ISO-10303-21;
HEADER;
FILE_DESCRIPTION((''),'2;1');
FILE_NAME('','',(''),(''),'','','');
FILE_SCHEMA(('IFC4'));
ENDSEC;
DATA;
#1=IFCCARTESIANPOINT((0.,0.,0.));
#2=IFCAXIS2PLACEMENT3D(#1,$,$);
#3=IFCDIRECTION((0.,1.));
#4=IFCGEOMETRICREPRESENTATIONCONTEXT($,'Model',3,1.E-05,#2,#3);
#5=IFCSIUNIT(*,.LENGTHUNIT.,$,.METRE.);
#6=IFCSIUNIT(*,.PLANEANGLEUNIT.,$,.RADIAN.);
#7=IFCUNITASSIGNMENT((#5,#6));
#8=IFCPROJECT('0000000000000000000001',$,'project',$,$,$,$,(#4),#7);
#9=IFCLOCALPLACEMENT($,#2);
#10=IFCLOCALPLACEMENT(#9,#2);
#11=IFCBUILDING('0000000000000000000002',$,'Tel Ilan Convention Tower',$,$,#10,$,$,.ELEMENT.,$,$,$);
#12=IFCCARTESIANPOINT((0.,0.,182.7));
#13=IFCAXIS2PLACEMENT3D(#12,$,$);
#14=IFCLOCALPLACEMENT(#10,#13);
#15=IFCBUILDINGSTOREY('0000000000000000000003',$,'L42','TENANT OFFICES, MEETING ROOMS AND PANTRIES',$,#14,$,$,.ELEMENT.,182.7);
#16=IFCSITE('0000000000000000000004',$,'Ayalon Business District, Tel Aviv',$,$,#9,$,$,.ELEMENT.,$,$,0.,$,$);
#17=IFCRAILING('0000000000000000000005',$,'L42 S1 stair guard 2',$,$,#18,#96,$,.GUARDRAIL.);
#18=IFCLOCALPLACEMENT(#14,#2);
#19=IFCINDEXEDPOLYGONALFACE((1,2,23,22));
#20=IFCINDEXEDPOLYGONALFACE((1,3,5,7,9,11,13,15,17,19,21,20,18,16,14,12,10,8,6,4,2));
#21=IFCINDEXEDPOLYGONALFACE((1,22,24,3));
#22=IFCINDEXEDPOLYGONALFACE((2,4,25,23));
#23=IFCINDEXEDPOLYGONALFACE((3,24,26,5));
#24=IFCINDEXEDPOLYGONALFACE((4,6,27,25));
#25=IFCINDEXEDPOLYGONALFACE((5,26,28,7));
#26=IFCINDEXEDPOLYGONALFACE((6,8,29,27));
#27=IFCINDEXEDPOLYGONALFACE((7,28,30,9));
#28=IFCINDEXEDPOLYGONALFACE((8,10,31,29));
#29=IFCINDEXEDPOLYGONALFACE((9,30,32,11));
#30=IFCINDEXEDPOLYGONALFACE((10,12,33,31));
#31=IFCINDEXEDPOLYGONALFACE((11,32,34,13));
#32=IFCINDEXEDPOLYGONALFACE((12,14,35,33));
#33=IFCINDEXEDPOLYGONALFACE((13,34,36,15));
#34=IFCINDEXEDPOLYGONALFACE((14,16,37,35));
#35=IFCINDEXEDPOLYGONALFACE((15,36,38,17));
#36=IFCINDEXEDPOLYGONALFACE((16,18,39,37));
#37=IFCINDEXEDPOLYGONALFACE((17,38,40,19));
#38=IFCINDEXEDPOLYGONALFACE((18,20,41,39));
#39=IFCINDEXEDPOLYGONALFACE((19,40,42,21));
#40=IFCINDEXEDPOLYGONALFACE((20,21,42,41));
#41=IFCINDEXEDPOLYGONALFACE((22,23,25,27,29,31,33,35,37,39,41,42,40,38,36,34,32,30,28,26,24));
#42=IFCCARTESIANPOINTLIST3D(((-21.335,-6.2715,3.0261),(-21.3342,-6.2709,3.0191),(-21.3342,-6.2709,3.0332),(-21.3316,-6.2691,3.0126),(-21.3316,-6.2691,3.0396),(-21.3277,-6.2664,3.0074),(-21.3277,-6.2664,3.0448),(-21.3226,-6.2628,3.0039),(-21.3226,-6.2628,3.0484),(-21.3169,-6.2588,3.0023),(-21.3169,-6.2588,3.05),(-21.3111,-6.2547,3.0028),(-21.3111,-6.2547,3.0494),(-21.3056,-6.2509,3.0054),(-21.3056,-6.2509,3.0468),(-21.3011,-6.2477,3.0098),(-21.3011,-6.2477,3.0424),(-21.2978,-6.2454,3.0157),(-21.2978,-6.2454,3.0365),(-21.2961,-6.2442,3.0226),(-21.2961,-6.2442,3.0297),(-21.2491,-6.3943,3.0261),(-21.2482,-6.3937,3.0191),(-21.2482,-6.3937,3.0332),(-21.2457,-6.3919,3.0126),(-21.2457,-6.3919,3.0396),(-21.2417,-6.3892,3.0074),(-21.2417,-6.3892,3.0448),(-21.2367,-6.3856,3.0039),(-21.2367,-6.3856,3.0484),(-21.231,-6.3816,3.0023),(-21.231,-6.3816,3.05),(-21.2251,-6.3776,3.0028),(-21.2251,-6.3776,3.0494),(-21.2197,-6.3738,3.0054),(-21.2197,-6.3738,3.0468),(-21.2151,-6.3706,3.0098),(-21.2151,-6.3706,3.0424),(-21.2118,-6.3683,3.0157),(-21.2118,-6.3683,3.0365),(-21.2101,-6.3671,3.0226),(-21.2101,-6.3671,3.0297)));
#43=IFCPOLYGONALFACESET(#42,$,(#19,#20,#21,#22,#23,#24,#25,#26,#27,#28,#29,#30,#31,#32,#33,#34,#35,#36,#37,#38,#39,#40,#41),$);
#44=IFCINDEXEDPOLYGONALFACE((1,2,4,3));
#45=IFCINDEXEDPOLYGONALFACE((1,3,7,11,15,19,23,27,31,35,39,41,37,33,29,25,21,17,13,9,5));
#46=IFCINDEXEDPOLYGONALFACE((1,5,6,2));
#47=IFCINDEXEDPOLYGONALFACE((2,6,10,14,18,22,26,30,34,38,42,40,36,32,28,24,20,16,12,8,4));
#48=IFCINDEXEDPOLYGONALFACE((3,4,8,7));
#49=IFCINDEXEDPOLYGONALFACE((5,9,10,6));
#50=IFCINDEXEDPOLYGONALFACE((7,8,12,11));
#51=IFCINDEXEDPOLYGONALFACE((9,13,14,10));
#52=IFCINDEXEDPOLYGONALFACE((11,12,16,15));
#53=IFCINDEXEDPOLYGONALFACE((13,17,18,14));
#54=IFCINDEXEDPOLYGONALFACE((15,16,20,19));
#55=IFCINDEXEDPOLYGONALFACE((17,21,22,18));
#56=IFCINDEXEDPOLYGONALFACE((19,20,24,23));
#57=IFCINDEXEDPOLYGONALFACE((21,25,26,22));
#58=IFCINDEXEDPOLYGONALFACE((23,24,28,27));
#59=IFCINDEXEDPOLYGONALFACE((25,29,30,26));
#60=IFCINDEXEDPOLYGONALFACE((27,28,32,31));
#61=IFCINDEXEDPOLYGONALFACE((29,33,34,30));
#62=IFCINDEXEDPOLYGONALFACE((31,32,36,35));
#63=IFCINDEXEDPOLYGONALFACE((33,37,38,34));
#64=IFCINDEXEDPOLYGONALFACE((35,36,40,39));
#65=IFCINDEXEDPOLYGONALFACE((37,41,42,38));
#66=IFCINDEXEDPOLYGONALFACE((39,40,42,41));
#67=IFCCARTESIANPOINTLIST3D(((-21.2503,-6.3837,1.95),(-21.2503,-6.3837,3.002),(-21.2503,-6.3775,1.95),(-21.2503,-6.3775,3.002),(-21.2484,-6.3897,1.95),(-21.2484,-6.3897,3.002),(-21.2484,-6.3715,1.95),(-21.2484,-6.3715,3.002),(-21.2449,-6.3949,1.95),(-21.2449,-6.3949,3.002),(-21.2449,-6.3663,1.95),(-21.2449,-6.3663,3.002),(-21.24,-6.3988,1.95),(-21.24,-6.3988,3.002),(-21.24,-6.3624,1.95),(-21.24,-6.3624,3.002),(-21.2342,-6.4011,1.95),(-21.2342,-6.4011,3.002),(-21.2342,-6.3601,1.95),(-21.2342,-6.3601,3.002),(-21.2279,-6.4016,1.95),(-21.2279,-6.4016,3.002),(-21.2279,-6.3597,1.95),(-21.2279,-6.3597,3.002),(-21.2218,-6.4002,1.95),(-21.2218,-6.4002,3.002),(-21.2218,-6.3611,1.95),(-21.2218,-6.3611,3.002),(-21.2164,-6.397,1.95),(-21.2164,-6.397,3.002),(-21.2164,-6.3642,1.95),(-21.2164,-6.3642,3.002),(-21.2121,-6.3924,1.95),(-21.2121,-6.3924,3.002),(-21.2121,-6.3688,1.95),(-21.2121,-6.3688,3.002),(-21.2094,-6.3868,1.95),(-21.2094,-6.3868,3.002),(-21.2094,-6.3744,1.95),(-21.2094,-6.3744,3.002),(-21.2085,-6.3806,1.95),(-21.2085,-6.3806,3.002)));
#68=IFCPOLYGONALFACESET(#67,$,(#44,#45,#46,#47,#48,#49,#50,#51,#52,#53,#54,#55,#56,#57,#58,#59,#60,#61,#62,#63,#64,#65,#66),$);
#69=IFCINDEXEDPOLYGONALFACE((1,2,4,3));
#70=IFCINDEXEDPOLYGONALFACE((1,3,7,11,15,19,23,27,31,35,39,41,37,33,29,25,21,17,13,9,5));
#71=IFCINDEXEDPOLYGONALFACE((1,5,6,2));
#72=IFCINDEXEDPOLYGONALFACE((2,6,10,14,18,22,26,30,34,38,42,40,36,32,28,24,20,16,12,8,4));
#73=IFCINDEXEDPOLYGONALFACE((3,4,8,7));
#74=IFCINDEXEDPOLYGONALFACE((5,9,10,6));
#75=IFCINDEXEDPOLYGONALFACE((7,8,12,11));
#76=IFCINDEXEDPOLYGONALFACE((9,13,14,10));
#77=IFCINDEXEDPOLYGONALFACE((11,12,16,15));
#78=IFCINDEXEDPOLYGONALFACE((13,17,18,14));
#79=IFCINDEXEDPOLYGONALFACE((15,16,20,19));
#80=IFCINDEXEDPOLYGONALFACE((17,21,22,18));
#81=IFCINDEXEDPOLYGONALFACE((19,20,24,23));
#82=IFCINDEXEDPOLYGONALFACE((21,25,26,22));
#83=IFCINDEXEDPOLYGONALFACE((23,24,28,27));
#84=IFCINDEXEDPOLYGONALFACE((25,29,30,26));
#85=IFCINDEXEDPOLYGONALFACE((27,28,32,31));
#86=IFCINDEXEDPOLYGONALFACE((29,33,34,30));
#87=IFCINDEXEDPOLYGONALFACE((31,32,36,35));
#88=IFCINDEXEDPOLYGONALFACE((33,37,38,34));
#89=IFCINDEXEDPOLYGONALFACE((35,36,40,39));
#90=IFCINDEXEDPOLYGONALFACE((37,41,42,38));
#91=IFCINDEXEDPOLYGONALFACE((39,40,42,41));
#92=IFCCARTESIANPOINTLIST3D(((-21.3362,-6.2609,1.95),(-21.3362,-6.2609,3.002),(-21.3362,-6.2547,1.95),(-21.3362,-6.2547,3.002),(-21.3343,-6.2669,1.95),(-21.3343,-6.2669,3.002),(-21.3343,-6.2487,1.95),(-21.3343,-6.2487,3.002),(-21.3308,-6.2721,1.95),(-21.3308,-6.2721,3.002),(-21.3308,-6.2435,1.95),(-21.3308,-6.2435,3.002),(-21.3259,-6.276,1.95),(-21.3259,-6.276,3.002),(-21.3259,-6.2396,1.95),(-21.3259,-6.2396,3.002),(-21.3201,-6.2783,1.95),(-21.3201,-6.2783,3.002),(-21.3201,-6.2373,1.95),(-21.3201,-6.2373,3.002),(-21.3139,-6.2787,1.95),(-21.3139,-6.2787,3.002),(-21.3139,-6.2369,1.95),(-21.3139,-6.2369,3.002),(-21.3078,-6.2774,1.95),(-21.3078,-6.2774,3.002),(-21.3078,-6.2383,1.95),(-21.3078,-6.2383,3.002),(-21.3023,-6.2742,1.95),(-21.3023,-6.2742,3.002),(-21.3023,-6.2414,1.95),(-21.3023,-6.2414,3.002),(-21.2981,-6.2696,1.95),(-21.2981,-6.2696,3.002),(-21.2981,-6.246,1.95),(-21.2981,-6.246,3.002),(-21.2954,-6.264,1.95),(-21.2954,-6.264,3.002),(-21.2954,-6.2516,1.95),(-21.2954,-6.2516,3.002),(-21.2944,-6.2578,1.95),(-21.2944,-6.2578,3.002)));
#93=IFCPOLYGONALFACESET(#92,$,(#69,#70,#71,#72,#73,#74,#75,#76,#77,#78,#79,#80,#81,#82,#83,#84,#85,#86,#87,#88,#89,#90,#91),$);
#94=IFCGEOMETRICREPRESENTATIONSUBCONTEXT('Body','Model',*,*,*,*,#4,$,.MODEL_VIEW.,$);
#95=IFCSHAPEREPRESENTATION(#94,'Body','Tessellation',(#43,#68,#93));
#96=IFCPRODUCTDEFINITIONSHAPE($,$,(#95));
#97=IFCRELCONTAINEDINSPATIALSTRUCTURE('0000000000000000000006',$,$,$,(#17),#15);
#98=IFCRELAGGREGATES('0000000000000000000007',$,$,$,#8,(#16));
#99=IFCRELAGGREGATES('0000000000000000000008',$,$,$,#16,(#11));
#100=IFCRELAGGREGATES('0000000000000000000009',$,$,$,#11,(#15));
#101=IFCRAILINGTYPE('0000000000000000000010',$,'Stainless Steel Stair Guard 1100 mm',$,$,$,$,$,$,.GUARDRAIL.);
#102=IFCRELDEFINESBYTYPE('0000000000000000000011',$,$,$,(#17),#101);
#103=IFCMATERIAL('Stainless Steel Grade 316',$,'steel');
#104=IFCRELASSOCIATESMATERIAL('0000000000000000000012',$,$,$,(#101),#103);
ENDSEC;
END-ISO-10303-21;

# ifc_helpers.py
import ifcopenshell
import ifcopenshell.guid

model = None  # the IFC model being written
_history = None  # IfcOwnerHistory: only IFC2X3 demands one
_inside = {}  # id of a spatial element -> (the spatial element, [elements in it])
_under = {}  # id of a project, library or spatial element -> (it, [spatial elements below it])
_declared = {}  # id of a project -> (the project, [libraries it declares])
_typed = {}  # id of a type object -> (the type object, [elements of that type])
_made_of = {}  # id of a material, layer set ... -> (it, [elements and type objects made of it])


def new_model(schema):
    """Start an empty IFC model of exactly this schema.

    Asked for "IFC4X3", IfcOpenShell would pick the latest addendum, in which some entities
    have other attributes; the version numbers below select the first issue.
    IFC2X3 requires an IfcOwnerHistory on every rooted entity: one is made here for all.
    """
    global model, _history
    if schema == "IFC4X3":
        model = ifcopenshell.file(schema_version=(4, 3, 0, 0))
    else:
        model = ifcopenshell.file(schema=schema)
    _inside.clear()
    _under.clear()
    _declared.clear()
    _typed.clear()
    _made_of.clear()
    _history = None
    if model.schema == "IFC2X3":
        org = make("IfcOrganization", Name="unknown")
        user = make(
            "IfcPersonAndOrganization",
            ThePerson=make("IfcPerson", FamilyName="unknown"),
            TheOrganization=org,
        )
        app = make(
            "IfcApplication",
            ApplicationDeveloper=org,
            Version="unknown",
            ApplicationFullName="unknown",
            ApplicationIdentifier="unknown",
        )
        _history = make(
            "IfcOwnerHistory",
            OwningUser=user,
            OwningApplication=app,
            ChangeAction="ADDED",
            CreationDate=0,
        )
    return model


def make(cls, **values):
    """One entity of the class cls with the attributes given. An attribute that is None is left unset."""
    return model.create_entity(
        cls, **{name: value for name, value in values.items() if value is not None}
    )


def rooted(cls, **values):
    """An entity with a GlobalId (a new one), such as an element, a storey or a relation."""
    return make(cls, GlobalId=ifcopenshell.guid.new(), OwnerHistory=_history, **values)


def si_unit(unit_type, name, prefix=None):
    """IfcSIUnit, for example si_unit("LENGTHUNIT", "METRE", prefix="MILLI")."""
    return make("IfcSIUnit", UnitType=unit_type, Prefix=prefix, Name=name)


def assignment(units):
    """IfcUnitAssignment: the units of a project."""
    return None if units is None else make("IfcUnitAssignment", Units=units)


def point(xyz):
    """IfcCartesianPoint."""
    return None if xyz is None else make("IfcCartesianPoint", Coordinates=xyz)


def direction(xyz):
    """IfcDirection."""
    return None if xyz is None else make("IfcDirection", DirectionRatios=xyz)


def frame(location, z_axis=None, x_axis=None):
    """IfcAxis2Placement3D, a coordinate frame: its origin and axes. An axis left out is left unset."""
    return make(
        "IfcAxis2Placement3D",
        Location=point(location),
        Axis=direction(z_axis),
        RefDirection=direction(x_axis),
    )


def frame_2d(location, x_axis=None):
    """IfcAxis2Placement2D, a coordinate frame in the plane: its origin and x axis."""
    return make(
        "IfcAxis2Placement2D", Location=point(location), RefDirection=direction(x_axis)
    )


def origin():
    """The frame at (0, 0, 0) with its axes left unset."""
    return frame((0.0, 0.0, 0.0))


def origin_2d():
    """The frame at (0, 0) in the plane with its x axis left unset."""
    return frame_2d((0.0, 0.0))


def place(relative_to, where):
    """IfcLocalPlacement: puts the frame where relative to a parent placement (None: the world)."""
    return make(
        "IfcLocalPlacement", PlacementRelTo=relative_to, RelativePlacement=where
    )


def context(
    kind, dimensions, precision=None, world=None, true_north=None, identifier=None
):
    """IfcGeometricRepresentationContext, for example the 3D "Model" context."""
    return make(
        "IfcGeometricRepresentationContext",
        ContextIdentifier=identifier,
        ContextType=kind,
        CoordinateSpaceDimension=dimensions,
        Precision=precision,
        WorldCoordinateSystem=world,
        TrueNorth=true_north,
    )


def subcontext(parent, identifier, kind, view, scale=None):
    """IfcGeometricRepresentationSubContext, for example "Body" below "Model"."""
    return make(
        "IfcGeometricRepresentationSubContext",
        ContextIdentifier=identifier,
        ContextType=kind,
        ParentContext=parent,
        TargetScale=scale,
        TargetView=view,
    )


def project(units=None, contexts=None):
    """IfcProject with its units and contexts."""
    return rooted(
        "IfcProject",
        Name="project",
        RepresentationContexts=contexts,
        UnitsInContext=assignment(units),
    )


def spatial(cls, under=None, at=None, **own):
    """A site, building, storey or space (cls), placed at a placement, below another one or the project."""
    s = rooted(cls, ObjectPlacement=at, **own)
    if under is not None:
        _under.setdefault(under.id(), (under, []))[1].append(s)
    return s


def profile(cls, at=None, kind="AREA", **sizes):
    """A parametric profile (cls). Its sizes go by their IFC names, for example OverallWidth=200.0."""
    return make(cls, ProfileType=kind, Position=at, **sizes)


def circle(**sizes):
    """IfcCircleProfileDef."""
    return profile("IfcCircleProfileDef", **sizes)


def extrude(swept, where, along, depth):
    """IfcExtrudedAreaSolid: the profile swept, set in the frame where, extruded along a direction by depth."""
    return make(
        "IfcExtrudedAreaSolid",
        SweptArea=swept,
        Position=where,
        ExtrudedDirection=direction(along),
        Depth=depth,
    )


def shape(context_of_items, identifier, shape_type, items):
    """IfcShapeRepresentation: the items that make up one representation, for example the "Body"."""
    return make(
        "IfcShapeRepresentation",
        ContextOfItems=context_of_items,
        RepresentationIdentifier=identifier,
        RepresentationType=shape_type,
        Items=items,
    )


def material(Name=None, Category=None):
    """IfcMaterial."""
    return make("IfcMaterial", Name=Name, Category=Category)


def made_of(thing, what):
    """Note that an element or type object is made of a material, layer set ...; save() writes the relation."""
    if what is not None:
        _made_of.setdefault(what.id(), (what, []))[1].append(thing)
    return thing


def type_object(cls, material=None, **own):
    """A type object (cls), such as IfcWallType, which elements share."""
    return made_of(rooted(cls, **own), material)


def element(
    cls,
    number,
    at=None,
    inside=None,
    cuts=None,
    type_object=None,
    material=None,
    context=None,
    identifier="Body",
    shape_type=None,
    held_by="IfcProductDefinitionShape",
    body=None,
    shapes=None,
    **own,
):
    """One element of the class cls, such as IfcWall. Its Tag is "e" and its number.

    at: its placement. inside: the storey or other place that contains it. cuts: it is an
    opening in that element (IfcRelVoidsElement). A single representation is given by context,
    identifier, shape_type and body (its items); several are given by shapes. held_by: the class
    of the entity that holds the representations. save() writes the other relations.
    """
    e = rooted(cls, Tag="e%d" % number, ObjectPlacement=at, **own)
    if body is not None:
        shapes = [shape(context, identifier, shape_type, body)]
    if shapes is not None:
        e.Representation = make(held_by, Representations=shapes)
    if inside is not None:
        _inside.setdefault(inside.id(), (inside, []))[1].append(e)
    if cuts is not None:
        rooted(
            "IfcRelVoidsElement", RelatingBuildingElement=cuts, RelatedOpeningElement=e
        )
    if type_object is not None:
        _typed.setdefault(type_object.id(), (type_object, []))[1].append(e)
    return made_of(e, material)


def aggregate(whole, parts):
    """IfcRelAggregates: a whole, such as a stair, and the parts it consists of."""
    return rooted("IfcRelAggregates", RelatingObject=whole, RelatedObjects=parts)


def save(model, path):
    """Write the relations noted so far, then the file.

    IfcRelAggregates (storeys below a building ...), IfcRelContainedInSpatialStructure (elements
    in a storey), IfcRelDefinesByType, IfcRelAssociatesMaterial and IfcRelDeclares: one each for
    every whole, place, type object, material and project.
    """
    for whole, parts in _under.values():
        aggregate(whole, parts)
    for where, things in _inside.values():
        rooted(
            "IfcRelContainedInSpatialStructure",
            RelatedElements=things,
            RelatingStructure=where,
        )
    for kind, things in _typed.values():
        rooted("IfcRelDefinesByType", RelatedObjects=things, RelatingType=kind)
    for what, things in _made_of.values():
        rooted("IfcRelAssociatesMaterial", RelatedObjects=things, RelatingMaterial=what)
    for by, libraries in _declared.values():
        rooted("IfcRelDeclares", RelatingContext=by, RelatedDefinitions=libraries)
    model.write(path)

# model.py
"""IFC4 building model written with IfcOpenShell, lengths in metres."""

from ifc_helpers import new_model, si_unit, direction, frame, origin, origin_2d, place, context, subcontext, project, spatial, circle, extrude, material, type_object, element, save


model = new_model("IFC4")

# Units and contexts
model_context = context("Model", 3, precision=1e-05, world=origin(), true_north=direction((0.0, 1.0)))
body_context = subcontext(model_context, "Body", "Model", "MODEL_VIEW")
ifc_project = project(units=[si_unit("LENGTHUNIT", "METRE"), si_unit("PLANEANGLEUNIT", "RADIAN")], contexts=[model_context])

# Site, building, storey
site_placement = place(None, origin())
site = spatial("IfcSite", under=ifc_project, at=site_placement, Name="Ayalon Business District, Tel Aviv", CompositionType="ELEMENT", RefElevation=0.0)
building_placement = place(site_placement, origin())
building = spatial("IfcBuilding", under=site, at=building_placement, Name="Tel Ilan Convention Tower", CompositionType="ELEMENT")
storey_placement = place(building_placement, frame((0.0, 0.0, 182.7)))
storey = spatial("IfcBuildingStorey", under=building, at=storey_placement, Name="L42", Description="TENANT OFFICES, MEETING ROOMS AND PANTRIES", CompositionType="ELEMENT", Elevation=182.7)

# Railing
ifc_material_1 = material(Name="Stainless Steel Grade 316", Category="steel")
railing_type_1 = type_object("IfcRailingType", Name="Stainless Steel Stair Guard 1100 mm", PredefinedType="GUARDRAIL", material=ifc_material_1)
railing_1_placement = place(storey_placement, frame((-21.2295, -6.3806, 1.95)))
element("IfcRailing", 1, at=railing_1_placement, inside=storey, type_object=railing_type_1, Name="L42 S1 stair guard 2", PredefinedType="GUARDRAIL", context=body_context, shape_type="SweptSolid", body=[
    extrude(circle(Radius=0.0239, at=origin_2d()), frame((0.0, 0.0, 1.0762), z_axis=(-0.573353, 0.819308, 0.0), x_axis=(-0.819308, -0.573353, 0.0)), (0.0, 0.0, 1.0), 0.1499),
    extrude(circle(Radius=0.021, at=origin_2d()), origin(), (0.0, 0.0, 1.0), 1.052),
    extrude(circle(Radius=0.021, at=origin_2d()), frame((-0.0859, 0.1228, 0.0)), (0.0, 0.0, 1.0), 1.052),
])

save(model, "model.ifc")
